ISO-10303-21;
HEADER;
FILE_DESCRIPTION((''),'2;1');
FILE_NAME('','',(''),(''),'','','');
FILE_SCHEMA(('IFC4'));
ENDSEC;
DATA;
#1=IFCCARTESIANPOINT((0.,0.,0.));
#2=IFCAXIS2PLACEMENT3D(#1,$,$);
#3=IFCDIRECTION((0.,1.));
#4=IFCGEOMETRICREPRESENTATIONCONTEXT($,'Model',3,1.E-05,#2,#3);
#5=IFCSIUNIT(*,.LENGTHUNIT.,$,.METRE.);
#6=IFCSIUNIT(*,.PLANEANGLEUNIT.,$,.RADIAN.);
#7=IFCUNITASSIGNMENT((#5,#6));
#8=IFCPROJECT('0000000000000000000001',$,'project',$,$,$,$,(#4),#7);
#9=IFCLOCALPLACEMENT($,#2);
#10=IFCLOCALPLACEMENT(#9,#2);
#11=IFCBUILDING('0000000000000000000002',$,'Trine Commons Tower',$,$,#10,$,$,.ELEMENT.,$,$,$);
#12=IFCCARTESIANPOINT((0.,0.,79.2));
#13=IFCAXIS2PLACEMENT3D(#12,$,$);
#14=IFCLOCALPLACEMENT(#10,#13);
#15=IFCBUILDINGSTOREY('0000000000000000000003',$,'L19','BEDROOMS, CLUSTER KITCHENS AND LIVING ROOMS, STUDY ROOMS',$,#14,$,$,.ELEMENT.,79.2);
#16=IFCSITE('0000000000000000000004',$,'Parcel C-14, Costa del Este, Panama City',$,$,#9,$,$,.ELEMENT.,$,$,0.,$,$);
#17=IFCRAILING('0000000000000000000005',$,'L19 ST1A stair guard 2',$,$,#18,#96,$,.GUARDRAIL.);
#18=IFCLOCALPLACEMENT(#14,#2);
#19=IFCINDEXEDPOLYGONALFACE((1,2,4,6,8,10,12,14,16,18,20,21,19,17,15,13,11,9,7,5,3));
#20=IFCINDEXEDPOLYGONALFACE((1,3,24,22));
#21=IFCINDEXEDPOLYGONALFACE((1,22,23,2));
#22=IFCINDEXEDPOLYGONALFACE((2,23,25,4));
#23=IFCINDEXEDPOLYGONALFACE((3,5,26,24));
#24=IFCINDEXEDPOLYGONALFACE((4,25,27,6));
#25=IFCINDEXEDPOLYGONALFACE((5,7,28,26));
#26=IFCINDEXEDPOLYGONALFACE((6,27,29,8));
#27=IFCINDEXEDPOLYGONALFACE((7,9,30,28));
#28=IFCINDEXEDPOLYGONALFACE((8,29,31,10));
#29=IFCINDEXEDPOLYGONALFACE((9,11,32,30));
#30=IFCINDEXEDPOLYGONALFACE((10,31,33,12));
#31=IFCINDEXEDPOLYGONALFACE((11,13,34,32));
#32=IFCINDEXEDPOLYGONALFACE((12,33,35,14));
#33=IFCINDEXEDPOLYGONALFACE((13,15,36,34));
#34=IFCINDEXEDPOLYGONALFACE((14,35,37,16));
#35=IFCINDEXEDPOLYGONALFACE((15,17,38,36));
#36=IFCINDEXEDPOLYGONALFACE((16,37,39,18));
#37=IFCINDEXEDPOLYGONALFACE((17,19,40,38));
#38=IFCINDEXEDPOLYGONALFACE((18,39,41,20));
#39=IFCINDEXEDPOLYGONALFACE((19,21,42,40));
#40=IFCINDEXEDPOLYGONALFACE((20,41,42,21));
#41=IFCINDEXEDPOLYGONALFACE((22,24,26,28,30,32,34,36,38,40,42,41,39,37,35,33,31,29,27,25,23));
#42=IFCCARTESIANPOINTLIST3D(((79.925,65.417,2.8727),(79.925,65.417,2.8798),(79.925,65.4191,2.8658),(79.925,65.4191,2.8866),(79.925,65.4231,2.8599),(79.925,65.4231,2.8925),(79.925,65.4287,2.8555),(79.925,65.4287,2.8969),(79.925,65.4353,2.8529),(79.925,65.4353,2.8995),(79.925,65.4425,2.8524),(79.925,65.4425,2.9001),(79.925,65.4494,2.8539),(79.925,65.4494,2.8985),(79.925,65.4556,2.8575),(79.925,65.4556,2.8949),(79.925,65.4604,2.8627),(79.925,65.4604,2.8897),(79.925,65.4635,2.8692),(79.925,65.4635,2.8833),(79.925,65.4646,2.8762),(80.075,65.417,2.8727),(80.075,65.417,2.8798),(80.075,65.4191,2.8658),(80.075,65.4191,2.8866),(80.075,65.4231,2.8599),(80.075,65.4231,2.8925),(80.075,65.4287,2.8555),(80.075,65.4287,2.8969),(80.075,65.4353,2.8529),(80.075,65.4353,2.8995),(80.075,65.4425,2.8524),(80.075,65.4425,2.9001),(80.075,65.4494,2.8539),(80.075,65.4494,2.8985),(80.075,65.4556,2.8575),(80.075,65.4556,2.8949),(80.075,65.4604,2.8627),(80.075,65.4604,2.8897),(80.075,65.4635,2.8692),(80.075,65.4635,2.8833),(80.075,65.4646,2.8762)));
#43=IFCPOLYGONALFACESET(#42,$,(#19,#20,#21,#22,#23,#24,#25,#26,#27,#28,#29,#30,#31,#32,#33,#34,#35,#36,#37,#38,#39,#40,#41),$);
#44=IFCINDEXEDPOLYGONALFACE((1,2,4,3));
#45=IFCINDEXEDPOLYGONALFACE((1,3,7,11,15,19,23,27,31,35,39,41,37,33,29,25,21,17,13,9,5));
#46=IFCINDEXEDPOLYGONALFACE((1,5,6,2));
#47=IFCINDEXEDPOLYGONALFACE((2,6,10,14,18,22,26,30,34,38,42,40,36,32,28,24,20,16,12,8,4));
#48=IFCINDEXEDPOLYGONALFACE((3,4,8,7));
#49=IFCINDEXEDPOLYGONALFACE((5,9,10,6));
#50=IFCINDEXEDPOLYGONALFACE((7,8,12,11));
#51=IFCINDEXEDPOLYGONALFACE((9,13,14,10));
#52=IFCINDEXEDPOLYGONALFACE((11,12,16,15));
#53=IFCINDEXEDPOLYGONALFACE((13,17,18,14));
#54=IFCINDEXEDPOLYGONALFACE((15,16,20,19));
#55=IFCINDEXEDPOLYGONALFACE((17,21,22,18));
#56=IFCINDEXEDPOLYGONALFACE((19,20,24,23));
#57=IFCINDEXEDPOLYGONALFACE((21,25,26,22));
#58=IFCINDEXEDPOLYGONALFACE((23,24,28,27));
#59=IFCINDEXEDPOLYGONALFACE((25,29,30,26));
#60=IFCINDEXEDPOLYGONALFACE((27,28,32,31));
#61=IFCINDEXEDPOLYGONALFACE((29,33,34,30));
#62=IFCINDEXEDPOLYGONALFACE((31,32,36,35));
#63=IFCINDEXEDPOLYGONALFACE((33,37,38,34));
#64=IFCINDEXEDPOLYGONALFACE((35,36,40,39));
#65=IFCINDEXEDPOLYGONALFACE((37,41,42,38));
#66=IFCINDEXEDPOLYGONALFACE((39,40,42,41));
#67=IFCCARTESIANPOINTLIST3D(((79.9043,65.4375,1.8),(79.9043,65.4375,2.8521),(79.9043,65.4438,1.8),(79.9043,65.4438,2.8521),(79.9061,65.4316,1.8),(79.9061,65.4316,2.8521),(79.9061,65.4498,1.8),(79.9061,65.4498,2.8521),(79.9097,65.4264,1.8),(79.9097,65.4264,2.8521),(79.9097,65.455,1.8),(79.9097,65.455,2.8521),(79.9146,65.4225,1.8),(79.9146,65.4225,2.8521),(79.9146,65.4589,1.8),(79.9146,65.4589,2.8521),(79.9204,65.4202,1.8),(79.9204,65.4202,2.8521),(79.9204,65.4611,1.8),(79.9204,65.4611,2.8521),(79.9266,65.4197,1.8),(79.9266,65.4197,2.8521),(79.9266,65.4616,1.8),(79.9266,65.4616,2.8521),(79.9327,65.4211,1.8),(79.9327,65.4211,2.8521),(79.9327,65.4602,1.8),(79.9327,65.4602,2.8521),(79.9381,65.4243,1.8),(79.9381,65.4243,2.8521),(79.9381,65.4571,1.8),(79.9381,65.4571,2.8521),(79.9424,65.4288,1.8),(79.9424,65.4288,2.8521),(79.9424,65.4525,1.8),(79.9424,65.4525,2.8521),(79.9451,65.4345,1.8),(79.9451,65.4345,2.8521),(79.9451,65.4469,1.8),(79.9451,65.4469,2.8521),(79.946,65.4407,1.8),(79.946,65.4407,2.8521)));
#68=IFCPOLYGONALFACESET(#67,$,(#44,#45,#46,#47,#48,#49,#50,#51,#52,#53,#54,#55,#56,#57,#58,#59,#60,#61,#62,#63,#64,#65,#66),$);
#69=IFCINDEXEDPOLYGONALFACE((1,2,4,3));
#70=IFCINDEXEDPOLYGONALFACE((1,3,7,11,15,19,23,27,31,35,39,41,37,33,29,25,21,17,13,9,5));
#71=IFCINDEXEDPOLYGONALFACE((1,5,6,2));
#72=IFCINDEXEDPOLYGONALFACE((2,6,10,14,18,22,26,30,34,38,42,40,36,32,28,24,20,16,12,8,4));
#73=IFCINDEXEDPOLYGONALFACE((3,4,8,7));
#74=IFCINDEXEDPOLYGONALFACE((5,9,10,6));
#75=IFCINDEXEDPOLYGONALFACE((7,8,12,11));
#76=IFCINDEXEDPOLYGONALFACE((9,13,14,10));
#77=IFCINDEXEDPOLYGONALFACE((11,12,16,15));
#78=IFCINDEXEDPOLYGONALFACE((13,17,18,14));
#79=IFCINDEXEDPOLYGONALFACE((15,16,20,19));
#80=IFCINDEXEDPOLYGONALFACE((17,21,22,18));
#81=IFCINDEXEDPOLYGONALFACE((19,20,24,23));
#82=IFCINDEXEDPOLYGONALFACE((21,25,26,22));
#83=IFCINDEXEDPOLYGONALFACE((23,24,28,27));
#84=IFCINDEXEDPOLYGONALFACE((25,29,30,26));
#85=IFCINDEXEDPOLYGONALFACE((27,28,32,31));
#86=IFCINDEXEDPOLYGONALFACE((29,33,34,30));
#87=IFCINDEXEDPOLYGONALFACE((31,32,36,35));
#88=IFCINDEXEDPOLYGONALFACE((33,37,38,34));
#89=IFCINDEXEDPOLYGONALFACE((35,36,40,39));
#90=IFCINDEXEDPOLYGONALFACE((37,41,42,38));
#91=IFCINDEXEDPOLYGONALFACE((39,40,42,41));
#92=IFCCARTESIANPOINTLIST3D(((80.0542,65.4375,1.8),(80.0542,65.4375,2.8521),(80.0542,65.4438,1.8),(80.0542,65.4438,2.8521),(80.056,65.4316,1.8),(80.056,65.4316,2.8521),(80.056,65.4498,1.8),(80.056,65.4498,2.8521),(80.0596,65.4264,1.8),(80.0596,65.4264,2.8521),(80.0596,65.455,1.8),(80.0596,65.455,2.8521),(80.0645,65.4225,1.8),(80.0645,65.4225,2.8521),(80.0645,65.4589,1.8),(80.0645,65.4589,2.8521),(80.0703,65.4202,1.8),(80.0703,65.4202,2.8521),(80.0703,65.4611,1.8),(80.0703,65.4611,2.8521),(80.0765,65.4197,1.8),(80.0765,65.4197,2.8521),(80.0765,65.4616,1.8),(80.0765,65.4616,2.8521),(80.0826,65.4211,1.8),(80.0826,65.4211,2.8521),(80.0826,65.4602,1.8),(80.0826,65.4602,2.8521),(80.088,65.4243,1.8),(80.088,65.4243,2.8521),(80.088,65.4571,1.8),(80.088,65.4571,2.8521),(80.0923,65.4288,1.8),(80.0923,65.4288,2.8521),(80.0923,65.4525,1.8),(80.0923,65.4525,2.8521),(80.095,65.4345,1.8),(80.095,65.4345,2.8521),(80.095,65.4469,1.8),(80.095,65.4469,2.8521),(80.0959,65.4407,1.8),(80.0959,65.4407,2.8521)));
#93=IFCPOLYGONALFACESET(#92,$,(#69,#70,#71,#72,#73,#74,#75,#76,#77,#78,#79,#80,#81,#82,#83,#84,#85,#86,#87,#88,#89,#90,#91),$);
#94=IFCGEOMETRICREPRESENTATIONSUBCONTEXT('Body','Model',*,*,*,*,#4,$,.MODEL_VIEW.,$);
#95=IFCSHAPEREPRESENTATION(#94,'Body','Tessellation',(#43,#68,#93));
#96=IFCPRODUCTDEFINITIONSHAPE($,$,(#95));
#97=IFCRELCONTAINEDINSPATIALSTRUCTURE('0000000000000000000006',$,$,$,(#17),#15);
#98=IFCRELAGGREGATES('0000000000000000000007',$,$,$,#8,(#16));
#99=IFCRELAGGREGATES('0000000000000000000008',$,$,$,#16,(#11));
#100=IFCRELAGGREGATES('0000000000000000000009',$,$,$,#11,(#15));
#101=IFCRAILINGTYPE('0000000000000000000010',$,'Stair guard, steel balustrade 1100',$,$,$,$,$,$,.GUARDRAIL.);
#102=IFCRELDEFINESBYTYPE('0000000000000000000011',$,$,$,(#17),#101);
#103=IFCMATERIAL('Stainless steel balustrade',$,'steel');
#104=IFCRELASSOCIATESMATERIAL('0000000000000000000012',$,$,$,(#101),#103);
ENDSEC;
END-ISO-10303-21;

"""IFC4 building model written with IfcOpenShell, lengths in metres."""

from ifc_helpers import new_model, si_unit, direction, frame, origin, origin_2d, place, context, subcontext, project, spatial, circle, extrude, material, type_object, element, save


model = new_model("IFC4")

# Units and contexts
model_context = context("Model", 3, precision=1e-05, world=origin(), true_north=direction((0.0, 1.0)))
body_context = subcontext(model_context, "Body", "Model", "MODEL_VIEW")
ifc_project = project(units=[si_unit("LENGTHUNIT", "METRE"), si_unit("PLANEANGLEUNIT", "RADIAN")], contexts=[model_context])

# Site, building, storey
site_placement = place(None, origin())
site = spatial("IfcSite", under=ifc_project, at=site_placement, Name="Parcel C-14, Costa del Este, Panama City", CompositionType="ELEMENT", RefElevation=0.0)
building_placement = place(site_placement, origin())
building = spatial("IfcBuilding", under=site, at=building_placement, Name="Trine Commons Tower", CompositionType="ELEMENT")
storey_placement = place(building_placement, frame((0.0, 0.0, 79.2)))
storey = spatial("IfcBuildingStorey", under=building, at=storey_placement, Name="L19", Description="BEDROOMS, CLUSTER KITCHENS AND LIVING ROOMS, STUDY ROOMS", CompositionType="ELEMENT", Elevation=79.2)

# Railing
ifc_material_1 = material(Name="Stainless steel balustrade", Category="steel")
railing_type_1 = type_object("IfcRailingType", Name="Stair guard, steel balustrade 1100", PredefinedType="GUARDRAIL", material=ifc_material_1)
railing_1_placement = place(storey_placement, frame((79.925, 65.4407, 1.8)))
element("IfcRailing", 1, at=railing_1_placement, inside=storey, type_object=railing_type_1, Name="L19 ST1A stair guard 2", PredefinedType="GUARDRAIL", context=body_context, shape_type="SweptSolid", body=[
    extrude(circle(Radius=0.0239, at=origin_2d()), frame((0.0, 0.0, 1.0762), z_axis=(1.0, 0.0, 0.0), x_axis=(0.0, 1.0, 0.0)), (0.0, 0.0, 1.0), 0.1499),
    extrude(circle(Radius=0.021, at=origin_2d()), origin(), (0.0, 0.0, 1.0), 1.052),
    extrude(circle(Radius=0.021, at=origin_2d()), frame((0.1499, 0.0, 0.0)), (0.0, 0.0, 1.0), 1.052),
])

save(model, "model.ifc")
